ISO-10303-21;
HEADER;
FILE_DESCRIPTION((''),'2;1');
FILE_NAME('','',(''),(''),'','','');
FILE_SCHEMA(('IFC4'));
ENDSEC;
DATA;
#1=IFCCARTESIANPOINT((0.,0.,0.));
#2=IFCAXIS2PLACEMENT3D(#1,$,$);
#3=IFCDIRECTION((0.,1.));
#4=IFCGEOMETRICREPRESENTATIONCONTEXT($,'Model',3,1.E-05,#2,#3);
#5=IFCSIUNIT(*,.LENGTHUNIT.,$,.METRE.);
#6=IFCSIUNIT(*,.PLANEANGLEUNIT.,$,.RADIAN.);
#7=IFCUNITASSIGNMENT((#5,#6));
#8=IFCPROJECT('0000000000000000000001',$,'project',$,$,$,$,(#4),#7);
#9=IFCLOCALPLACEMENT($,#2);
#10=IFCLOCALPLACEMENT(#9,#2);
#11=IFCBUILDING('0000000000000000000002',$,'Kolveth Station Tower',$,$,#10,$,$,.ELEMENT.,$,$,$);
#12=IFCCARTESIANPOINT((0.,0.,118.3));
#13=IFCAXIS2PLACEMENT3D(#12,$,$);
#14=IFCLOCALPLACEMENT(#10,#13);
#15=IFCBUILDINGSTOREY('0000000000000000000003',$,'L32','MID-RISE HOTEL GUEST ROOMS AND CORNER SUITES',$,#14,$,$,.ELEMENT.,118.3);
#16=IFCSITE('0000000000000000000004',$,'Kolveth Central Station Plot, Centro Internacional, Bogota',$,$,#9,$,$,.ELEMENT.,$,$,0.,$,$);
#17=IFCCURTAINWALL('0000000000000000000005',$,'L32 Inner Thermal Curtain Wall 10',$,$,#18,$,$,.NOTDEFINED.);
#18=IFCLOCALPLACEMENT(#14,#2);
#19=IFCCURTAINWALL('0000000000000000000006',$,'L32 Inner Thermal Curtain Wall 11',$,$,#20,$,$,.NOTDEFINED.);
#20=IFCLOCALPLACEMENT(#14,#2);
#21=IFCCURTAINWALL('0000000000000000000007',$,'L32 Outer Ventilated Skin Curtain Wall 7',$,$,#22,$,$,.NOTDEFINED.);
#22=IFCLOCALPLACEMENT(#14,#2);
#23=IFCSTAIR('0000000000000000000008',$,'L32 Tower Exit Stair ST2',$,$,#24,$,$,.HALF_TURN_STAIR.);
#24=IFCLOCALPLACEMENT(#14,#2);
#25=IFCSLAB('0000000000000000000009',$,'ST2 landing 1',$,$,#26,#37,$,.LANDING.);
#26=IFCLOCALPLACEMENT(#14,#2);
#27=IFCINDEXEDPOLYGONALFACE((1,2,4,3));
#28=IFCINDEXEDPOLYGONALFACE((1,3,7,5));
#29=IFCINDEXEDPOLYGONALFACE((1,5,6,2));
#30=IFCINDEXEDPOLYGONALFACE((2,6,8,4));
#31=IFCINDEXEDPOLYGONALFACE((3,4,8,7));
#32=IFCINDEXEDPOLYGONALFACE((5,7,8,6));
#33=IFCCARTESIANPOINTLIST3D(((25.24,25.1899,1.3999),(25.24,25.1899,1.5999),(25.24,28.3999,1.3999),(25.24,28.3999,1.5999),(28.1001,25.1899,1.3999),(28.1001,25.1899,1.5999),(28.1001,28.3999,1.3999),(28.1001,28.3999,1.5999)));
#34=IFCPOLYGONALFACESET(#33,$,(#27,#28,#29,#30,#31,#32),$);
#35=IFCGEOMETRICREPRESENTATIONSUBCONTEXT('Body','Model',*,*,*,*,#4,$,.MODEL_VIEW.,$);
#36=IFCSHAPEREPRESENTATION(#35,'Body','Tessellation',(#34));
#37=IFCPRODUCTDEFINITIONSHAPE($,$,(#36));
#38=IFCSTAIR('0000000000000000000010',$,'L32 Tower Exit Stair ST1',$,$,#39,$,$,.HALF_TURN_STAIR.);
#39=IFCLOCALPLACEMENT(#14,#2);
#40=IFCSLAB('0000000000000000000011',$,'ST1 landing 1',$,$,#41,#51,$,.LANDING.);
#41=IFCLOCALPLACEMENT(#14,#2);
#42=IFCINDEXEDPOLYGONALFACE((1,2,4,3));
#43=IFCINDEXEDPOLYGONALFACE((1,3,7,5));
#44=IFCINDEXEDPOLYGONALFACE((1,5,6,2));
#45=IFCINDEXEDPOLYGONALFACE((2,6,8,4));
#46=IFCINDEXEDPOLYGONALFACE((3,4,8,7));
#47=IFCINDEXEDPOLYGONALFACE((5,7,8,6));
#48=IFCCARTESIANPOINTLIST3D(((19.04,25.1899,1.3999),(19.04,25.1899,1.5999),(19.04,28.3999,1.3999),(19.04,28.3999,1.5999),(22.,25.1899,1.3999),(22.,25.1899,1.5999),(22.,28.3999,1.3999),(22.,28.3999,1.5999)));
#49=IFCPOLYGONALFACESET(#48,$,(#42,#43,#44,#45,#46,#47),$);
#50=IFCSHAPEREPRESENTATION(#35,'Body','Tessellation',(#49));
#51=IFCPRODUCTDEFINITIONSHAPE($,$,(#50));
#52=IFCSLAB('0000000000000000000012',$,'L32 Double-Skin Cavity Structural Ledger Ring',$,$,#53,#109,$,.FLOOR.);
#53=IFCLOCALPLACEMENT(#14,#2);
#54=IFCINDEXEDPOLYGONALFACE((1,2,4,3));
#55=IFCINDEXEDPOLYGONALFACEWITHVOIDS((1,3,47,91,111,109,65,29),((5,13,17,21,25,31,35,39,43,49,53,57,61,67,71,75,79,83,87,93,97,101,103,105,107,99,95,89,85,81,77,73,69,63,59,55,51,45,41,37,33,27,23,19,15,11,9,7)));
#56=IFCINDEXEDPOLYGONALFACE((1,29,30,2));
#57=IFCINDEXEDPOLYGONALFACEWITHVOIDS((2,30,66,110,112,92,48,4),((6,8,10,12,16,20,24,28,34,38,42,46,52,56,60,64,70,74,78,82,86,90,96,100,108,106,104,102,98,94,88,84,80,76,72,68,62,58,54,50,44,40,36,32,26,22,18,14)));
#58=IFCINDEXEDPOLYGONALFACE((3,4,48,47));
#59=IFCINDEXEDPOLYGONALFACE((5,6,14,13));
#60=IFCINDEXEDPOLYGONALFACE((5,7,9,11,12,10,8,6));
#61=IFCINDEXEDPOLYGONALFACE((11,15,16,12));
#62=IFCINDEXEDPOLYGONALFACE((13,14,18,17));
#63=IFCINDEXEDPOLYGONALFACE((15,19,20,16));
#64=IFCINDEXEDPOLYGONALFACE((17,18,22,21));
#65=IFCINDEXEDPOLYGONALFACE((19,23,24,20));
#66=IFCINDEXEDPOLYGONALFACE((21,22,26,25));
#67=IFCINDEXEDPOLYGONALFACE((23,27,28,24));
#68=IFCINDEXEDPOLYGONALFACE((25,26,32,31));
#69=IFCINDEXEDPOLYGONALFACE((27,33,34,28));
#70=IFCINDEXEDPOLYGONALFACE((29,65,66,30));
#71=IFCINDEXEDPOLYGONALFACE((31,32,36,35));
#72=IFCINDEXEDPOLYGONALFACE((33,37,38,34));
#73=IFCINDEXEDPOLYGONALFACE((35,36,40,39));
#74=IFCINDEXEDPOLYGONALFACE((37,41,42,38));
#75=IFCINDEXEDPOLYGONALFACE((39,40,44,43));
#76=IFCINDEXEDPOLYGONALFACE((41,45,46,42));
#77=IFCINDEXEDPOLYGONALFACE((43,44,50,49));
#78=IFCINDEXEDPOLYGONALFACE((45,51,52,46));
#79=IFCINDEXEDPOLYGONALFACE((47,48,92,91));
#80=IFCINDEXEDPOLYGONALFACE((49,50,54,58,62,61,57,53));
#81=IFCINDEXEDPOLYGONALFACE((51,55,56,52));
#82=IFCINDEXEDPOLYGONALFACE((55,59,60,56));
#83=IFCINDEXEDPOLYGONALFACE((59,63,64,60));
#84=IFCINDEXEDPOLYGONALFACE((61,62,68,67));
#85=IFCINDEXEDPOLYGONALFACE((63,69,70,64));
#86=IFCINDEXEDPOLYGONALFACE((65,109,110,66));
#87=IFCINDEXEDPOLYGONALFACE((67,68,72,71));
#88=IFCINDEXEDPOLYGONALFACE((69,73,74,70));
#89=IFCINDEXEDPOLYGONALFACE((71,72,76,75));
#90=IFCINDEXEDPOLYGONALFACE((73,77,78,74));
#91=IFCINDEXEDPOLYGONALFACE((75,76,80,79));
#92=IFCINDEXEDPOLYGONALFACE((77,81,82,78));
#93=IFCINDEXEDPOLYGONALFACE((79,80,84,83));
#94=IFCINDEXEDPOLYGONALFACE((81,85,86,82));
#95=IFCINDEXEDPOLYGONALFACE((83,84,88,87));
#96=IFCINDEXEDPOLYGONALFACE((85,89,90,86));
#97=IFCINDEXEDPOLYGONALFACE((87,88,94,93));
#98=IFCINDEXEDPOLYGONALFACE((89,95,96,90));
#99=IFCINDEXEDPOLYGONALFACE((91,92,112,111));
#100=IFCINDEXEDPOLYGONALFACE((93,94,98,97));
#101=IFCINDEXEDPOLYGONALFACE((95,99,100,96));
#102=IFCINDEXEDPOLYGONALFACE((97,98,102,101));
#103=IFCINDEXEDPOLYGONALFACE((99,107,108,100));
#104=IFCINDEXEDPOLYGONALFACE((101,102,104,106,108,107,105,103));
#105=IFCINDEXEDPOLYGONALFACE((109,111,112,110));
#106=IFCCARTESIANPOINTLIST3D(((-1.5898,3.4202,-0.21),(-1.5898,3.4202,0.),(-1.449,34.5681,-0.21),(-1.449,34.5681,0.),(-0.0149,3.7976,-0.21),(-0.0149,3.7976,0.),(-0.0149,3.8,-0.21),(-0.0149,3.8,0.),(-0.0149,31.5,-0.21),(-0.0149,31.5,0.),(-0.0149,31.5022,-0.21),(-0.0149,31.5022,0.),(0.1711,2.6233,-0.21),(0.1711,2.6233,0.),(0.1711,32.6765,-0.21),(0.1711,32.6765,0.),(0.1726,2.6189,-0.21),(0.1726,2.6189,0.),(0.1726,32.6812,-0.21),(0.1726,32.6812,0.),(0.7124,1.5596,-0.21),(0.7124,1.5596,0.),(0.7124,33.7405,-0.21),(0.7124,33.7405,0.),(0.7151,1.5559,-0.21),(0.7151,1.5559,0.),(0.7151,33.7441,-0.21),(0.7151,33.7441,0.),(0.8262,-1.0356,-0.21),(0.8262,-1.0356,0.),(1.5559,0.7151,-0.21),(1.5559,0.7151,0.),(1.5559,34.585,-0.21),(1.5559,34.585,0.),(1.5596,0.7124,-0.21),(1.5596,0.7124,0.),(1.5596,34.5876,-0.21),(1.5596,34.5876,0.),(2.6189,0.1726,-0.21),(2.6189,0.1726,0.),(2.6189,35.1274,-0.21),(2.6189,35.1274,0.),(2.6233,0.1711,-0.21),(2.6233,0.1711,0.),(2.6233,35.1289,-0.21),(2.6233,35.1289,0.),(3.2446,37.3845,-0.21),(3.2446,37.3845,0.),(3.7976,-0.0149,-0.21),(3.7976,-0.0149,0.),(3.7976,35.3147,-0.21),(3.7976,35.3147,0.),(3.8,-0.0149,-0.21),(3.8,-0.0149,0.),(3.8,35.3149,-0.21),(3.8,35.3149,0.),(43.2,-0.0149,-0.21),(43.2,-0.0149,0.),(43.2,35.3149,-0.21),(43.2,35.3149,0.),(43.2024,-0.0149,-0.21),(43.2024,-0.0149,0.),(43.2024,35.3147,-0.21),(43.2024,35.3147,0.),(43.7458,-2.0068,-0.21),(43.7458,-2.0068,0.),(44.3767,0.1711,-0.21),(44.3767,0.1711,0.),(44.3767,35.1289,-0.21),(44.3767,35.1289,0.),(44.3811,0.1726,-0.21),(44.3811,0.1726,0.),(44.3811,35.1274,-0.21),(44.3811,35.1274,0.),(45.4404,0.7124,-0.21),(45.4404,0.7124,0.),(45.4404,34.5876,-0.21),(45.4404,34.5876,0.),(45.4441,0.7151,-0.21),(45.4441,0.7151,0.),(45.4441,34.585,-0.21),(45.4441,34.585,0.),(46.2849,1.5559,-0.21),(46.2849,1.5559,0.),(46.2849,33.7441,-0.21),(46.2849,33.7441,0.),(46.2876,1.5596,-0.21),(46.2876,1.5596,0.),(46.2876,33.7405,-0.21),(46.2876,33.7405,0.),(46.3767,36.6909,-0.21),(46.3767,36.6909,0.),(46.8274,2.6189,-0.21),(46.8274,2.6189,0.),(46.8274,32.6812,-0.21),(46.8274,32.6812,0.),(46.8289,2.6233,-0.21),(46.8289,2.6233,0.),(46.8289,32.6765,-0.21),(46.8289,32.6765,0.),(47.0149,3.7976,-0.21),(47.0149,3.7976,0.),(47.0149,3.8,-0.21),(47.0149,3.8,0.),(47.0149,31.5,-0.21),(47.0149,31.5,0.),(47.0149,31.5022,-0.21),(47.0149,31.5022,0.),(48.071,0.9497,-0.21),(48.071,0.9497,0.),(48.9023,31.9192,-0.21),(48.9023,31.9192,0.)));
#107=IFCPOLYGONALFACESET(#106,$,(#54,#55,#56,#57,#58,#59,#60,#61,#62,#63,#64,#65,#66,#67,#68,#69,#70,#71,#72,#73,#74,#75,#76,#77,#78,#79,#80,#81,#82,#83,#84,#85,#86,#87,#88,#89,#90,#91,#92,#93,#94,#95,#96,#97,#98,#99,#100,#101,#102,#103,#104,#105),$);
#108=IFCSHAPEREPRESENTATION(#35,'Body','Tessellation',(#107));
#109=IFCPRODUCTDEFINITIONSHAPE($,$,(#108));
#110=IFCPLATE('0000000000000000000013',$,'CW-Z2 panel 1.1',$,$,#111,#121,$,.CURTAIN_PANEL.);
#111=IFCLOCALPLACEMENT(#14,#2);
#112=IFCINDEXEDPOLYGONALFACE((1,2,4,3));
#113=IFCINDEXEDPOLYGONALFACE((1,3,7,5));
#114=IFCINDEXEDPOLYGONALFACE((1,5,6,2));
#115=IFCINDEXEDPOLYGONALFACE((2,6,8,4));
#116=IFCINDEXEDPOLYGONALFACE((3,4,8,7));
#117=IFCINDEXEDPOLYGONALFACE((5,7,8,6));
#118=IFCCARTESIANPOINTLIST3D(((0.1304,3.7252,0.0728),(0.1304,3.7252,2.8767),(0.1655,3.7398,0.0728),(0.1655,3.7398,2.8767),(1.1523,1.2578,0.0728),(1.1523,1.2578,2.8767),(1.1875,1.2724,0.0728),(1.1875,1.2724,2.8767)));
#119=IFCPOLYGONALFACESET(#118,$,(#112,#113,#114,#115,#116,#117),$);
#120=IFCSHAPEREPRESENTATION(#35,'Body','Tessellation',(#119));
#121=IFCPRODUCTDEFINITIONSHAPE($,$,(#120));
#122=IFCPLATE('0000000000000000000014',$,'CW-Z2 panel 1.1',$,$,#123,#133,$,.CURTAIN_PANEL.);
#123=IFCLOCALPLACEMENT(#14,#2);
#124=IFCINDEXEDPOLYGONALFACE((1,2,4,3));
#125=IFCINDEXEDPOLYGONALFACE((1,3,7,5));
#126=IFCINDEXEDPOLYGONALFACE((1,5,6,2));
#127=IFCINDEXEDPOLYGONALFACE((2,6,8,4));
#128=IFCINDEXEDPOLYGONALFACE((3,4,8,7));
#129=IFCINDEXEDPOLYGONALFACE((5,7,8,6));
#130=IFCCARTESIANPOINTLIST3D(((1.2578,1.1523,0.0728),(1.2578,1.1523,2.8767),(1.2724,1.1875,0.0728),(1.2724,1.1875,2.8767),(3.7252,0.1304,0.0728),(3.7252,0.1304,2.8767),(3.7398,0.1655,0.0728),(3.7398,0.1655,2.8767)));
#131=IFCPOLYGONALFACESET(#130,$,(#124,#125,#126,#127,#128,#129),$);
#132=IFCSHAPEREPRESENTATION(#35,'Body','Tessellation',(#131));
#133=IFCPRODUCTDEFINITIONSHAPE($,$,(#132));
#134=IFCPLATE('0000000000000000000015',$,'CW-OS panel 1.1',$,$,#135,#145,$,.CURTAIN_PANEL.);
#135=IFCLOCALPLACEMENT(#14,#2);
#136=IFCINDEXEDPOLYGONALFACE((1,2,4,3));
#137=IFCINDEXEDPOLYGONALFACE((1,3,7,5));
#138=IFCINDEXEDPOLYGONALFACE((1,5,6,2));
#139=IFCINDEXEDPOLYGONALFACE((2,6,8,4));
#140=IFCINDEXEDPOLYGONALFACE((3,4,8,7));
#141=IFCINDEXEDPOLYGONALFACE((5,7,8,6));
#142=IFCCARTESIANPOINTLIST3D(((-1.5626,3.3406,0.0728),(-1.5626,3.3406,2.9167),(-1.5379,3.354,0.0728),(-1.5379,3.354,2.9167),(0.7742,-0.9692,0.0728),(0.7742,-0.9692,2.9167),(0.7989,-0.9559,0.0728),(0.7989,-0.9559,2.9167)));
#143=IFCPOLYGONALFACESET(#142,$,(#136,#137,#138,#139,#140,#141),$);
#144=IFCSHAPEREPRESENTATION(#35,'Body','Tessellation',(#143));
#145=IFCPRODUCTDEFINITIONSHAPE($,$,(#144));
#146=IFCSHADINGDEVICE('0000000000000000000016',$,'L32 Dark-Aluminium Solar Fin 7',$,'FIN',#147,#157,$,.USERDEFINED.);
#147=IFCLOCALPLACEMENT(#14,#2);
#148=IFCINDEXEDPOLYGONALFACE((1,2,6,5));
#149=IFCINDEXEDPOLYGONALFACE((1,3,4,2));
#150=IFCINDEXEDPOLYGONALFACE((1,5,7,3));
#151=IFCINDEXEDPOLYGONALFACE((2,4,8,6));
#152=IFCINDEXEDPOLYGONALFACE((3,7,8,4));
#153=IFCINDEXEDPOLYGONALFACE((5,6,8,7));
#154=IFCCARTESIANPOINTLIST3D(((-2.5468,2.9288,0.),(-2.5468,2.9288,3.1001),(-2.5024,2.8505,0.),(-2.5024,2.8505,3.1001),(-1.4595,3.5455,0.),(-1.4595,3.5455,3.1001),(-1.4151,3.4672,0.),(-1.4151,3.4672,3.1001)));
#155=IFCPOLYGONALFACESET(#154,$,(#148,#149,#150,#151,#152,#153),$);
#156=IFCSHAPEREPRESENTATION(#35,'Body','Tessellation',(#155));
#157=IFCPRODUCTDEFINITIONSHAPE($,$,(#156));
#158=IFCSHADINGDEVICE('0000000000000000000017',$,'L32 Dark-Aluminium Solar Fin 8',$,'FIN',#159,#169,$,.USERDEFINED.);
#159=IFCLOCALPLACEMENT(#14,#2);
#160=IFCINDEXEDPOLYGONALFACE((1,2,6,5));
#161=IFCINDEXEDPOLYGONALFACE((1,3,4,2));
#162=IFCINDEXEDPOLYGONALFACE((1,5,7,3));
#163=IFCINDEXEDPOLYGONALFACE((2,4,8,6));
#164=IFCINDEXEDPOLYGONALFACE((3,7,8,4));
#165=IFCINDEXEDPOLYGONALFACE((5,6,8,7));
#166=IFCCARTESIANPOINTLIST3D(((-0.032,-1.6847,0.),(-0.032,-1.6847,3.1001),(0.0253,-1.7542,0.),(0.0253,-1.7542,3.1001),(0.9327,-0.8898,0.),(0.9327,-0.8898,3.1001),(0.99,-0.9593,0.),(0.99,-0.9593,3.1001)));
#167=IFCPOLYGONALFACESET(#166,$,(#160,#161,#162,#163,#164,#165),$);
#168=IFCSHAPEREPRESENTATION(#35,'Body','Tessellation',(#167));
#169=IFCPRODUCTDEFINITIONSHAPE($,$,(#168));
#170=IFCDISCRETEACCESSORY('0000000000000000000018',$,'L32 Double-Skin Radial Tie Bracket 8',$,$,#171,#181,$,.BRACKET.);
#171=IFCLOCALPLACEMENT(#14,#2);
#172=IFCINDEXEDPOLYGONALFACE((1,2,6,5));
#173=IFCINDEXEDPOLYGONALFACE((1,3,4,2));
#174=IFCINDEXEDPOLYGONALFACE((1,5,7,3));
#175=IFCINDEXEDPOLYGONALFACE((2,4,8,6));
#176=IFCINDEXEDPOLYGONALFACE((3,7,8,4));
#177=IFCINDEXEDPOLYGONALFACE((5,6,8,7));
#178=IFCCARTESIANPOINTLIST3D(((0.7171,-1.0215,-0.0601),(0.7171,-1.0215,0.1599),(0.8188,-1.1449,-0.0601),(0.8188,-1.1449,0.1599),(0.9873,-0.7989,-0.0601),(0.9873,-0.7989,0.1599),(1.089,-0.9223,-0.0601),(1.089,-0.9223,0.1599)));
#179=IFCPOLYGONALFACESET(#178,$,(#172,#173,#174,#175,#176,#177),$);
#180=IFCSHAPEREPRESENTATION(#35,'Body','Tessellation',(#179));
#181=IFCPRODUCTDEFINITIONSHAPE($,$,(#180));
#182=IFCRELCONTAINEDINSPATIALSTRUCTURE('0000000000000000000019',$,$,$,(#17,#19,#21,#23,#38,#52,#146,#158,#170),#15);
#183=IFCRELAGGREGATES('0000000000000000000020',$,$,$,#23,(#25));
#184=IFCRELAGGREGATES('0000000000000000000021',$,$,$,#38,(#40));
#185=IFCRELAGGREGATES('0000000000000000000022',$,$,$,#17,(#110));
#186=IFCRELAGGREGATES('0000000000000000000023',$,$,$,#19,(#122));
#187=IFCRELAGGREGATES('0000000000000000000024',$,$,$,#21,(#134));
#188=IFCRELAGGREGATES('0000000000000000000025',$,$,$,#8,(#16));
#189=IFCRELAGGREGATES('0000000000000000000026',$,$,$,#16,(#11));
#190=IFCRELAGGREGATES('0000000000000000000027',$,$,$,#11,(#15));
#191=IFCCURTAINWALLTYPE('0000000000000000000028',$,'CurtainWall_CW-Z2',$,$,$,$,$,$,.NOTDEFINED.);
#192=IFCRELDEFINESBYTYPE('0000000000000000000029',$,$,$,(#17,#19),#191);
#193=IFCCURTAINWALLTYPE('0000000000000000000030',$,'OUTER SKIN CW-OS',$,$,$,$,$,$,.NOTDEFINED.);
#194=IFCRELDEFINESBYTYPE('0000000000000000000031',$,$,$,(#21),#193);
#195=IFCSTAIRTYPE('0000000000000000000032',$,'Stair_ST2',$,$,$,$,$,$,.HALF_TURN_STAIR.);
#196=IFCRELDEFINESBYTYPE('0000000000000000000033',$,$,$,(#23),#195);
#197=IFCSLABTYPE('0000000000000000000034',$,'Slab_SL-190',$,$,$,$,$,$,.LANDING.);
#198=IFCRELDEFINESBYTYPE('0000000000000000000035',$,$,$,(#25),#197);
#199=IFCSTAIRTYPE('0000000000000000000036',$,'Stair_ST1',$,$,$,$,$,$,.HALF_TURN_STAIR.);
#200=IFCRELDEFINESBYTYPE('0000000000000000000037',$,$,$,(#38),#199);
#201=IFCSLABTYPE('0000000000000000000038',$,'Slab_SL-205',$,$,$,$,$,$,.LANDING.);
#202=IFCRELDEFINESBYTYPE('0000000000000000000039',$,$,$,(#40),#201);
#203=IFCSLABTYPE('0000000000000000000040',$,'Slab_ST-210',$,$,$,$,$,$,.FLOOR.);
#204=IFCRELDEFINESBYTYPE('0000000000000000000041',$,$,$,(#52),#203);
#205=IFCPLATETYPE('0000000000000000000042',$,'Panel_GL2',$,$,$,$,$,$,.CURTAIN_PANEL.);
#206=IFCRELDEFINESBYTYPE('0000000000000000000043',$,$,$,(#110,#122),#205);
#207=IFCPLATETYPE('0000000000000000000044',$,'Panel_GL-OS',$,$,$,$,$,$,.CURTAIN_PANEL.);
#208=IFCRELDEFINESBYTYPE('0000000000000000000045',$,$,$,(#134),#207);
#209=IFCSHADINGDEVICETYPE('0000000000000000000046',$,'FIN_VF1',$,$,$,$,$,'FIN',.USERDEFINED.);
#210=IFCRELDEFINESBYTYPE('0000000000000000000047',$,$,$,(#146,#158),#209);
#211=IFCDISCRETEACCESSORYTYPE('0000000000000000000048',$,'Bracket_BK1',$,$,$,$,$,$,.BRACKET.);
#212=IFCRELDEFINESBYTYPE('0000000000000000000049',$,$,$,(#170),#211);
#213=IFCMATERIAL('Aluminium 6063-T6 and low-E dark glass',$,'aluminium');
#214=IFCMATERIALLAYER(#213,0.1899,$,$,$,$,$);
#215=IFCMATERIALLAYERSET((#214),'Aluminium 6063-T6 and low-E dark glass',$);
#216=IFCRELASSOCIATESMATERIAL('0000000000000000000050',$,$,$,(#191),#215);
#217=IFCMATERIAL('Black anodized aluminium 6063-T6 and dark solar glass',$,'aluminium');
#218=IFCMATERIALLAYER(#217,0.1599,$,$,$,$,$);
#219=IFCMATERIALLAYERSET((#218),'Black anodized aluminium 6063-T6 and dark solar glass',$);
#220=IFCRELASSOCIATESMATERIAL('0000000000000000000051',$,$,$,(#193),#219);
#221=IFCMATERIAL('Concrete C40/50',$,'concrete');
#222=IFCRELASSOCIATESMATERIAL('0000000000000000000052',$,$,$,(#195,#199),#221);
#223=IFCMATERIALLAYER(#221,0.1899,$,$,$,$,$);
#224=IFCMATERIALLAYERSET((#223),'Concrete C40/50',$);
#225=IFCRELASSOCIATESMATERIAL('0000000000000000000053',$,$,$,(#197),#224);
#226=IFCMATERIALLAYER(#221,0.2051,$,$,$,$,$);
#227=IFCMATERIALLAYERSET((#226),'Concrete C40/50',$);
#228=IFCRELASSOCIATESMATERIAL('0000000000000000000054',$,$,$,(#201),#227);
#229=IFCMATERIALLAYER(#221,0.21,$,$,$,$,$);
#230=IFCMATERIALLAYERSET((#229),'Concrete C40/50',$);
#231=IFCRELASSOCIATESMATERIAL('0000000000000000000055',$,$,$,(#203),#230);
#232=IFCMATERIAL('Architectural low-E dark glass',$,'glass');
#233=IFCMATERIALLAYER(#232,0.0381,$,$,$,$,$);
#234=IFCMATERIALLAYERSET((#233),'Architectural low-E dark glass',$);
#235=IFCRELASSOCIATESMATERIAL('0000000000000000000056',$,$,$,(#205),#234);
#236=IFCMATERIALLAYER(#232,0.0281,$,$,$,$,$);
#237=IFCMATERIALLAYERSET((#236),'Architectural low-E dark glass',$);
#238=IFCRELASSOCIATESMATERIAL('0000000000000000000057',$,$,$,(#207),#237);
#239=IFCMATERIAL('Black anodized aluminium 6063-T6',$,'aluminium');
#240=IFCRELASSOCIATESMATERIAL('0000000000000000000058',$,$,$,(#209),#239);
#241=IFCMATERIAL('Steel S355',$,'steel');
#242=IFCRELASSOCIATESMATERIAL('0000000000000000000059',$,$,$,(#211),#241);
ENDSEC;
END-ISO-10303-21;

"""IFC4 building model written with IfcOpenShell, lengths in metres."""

from ifc_helpers import new_model, si_unit, direction, frame, origin, origin_2d, place, context, subcontext, project, spatial, polyline, rectangle, outline, extrude, source, transform, mapped, material, layer, layer_set, type_object, element, aggregate, save


model = new_model("IFC4")

# Units and contexts
model_context = context("Model", 3, precision=1e-05, world=origin(), true_north=direction((0.0, 1.0)))
body_context = subcontext(model_context, "Body", "Model", "MODEL_VIEW")
ifc_project = project(units=[si_unit("LENGTHUNIT", "METRE"), si_unit("PLANEANGLEUNIT", "RADIAN")], contexts=[model_context])

# Site, building, storey
site_placement = place(None, origin())
site = spatial("IfcSite", under=ifc_project, at=site_placement, Name="Kolveth Central Station Plot, Centro Internacional, Bogota", CompositionType="ELEMENT", RefElevation=0.0)
building_placement = place(site_placement, origin())
building = spatial("IfcBuilding", under=site, at=building_placement, Name="Kolveth Station Tower", CompositionType="ELEMENT")
storey_placement = place(building_placement, frame((0.0, 0.0, 118.3)))
storey = spatial("IfcBuildingStorey", under=building, at=storey_placement, Name="L32", Description="MID-RISE HOTEL GUEST ROOMS AND CORNER SUITES", CompositionType="ELEMENT", Elevation=118.3)

# Shared definitions
ifc_material_1 = material(Name="Steel S355", Category="steel")

# Curtain wall
ifc_material_2 = material(Name="Aluminium 6063-T6 and low-E dark glass", Category="aluminium")
ifc_layer_1 = layer(ifc_material_2, 0.1899)
ifc_layer_set_1 = layer_set([ifc_layer_1], Name="Aluminium 6063-T6 and low-E dark glass")
curtain_wall_type_1 = type_object("IfcCurtainWallType", Name="CurtainWall_CW-Z2", PredefinedType="NOTDEFINED", material=ifc_layer_set_1)
curtain_wall_1_placement = place(storey_placement, origin())
curtain_wall_1 = element("IfcCurtainWall", 1, at=curtain_wall_1_placement, inside=storey, type_object=curtain_wall_type_1, Name="L32 Inner Thermal Curtain Wall 10", PredefinedType="NOTDEFINED")
ifc_material_3 = material(Name="Black anodized aluminium 6063-T6", Category="aluminium")

# Curtain wall
curtain_wall_2_placement = place(storey_placement, origin())
curtain_wall_2 = element("IfcCurtainWall", 2, at=curtain_wall_2_placement, inside=storey, type_object=curtain_wall_type_1, Name="L32 Inner Thermal Curtain Wall 11", PredefinedType="NOTDEFINED")

# Curtain wall
ifc_material_4 = material(Name="Black anodized aluminium 6063-T6 and dark solar glass", Category="aluminium")
ifc_layer_2 = layer(ifc_material_4, 0.1599)
ifc_layer_set_2 = layer_set([ifc_layer_2], Name="Black anodized aluminium 6063-T6 and dark solar glass")
curtain_wall_type_2 = type_object("IfcCurtainWallType", Name="OUTER SKIN CW-OS", PredefinedType="NOTDEFINED", material=ifc_layer_set_2)
curtain_wall_3_placement = place(storey_placement, origin())
curtain_wall_3 = element("IfcCurtainWall", 3, at=curtain_wall_3_placement, inside=storey, type_object=curtain_wall_type_2, Name="L32 Outer Ventilated Skin Curtain Wall 7", PredefinedType="NOTDEFINED")

# Shared definitions
ifc_material_5 = material(Name="Concrete C40/50", Category="concrete")

# Stairs, slabs
stair_type_1 = type_object("IfcStairType", Name="Stair_ST2", PredefinedType="HALF_TURN_STAIR", material=ifc_material_5)
stair_1_placement = place(storey_placement, origin())
stair_1 = element("IfcStair", 4, at=stair_1_placement, inside=storey, type_object=stair_type_1, Name="L32 Tower Exit Stair ST2", PredefinedType="HALF_TURN_STAIR")
ifc_layer_3 = layer(ifc_material_5, 0.1899)
ifc_layer_set_3 = layer_set([ifc_layer_3], Name="Concrete C40/50")
slab_type_1 = type_object("IfcSlabType", Name="Slab_SL-190", PredefinedType="LANDING", material=ifc_layer_set_3)
slab_1_placement = place(storey_placement, frame((0.0, 0.0, 1.3999)))
slab_1 = element("IfcSlab", 5, at=slab_1_placement, type_object=slab_type_1, Name="ST2 landing 1", PredefinedType="LANDING", context=body_context, shape_type="SweptSolid", body=[
    extrude(outline(polyline([(28.1001, 25.1899), (28.1001, 28.3999), (25.24, 28.3999), (25.24, 25.1899), (28.1001, 25.1899)])), origin(), (0.0, 0.0, 1.0), 0.2),
])
aggregate(stair_1, [slab_1])
stair_type_2 = type_object("IfcStairType", Name="Stair_ST1", PredefinedType="HALF_TURN_STAIR", material=ifc_material_5)
stair_2_placement = place(storey_placement, origin())
stair_2 = element("IfcStair", 6, at=stair_2_placement, inside=storey, type_object=stair_type_2, Name="L32 Tower Exit Stair ST1", PredefinedType="HALF_TURN_STAIR")
ifc_layer_4 = layer(ifc_material_5, 0.2051)
ifc_layer_set_4 = layer_set([ifc_layer_4], Name="Concrete C40/50")
slab_type_2 = type_object("IfcSlabType", Name="Slab_SL-205", PredefinedType="LANDING", material=ifc_layer_set_4)
slab_2_placement = place(storey_placement, frame((0.0, 0.0, 1.3999)))
slab_2 = element("IfcSlab", 7, at=slab_2_placement, type_object=slab_type_2, Name="ST1 landing 1", PredefinedType="LANDING", context=body_context, shape_type="SweptSolid", body=[
    extrude(outline(polyline([(22.0, 25.1899), (22.0, 28.3999), (19.04, 28.3999), (19.04, 25.1899), (22.0, 25.1899)])), origin(), (0.0, 0.0, 1.0), 0.2),
])
aggregate(stair_2, [slab_2])

# Slab
ifc_layer_5 = layer(ifc_material_5, 0.21)
ifc_layer_set_5 = layer_set([ifc_layer_5], Name="Concrete C40/50")
slab_type_3 = type_object("IfcSlabType", Name="Slab_ST-210", PredefinedType="FLOOR", material=ifc_layer_set_5)
slab_3_placement = place(storey_placement, frame((0.0, 0.0, -0.21)))
element("IfcSlab", 8, at=slab_3_placement, inside=storey, type_object=slab_type_3, Name="L32 Double-Skin Cavity Structural Ledger Ring", PredefinedType="FLOOR", context=body_context, shape_type="SweptSolid", body=[
    extrude(outline(polyline([(0.8262, -1.0356), (-1.5898, 3.4202), (-1.449, 34.5681), (3.2446, 37.3845), (46.3767, 36.6909), (48.9023, 31.9192), (48.071, 0.9497), (43.7458, -2.0068), (0.8262, -1.0356)]), holes=[polyline([(43.2024, -0.0149), (44.3767, 0.1711), (44.3811, 0.1726), (45.4404, 0.7124), (45.4441, 0.7151), (46.2849, 1.5559), (46.2876, 1.5596), (46.8274, 2.6189), (46.8289, 2.6233), (47.0149, 3.7976), (47.0149, 3.8), (47.0149, 31.5), (47.0149, 31.5022), (46.8289, 32.6765), (46.8274, 32.6812), (46.2876, 33.7405), (46.2849, 33.7441), (45.4441, 34.585), (45.4404, 34.5876), (44.3811, 35.1274), (44.3767, 35.1289), (43.2024, 35.3147), (43.2, 35.3149), (3.8, 35.3149), (3.7976, 35.3147), (2.6233, 35.1289), (2.6189, 35.1274), (1.5596, 34.5876), (1.5559, 34.585), (0.7151, 33.7441), (0.7124, 33.7405), (0.1726, 32.6812), (0.1711, 32.6765), (-0.0149, 31.5022), (-0.0149, 31.5), (-0.0149, 3.8), (-0.0149, 3.7976), (0.1711, 2.6233), (0.1726, 2.6189), (0.7124, 1.5596), (0.7151, 1.5559), (1.5559, 0.7151), (1.5596, 0.7124), (2.6189, 0.1726), (2.6233, 0.1711), (3.7976, -0.0149), (3.8, -0.0149), (43.2, -0.0149), (43.2024, -0.0149)])]), origin(), (0.0, 0.0, 1.0), 0.21),
])

# Plates
ifc_material_6 = material(Name="Architectural low-E dark glass", Category="glass")
ifc_layer_6 = layer(ifc_material_6, 0.0381)
ifc_layer_set_6 = layer_set([ifc_layer_6], Name="Architectural low-E dark glass")
plate_type_1 = type_object("IfcPlateType", Name="Panel_GL2", PredefinedType="CURTAIN_PANEL", material=ifc_layer_set_6)
shared_shape_1 = source(origin(), body_context, "Body", "SweptSolid", [
    extrude(rectangle(XDim=2.6707, YDim=0.0381, at=origin_2d()), origin(), (0.0, 0.0, 1.0), 2.804),
])
plate_1_placement = place(storey_placement, frame((0.6589, 2.4988, 0.0728), z_axis=(0.0, 0.0, 1.0), x_axis=(0.382663, -0.923888, 0.0)))
plate_1 = element("IfcPlate", 9, at=plate_1_placement, type_object=plate_type_1, Name="CW-Z2 panel 1.1", PredefinedType="CURTAIN_PANEL", context=body_context, shape_type="MappedRepresentation", body=[
    mapped(shared_shape_1, transform((0.0, 0.0, 0.0), x_axis=(1.0, 0.0, 0.0), y_axis=(0.0, 1.0, 0.0), z_axis=(0.0, 0.0, 1.0), scale=1.0)),
])
aggregate(curtain_wall_1, [plate_1])
plate_2_placement = place(storey_placement, frame((2.4988, 0.6589, 0.0728), z_axis=(0.0, 0.0, 1.0), x_axis=(0.923888, -0.382663, 0.0)))
plate_2 = element("IfcPlate", 10, at=plate_2_placement, type_object=plate_type_1, Name="CW-Z2 panel 1.1", PredefinedType="CURTAIN_PANEL", context=body_context, shape_type="MappedRepresentation", body=[
    mapped(shared_shape_1, transform((0.0, 0.0, 0.0), x_axis=(1.0, 0.0, 0.0), y_axis=(0.0, 1.0, 0.0), z_axis=(0.0, 0.0, 1.0), scale=1.0)),
])
aggregate(curtain_wall_2, [plate_2])
ifc_layer_7 = layer(ifc_material_6, 0.0281)
ifc_layer_set_7 = layer_set([ifc_layer_7], Name="Architectural low-E dark glass")
plate_type_2 = type_object("IfcPlateType", Name="Panel_GL-OS", PredefinedType="CURTAIN_PANEL", material=ifc_layer_set_7)
shared_shape_2 = source(origin(), body_context, "Body", "SweptSolid", [
    extrude(rectangle(XDim=4.9026, YDim=0.0281, at=origin_2d()), origin(), (0.0, 0.0, 1.0), 2.844),
])
plate_3_placement = place(storey_placement, frame((-0.3818, 1.1924, 0.0728), z_axis=(0.0, 0.0, 1.0), x_axis=(0.47664, -0.879098, 0.0)))
plate_3 = element("IfcPlate", 11, at=plate_3_placement, type_object=plate_type_2, Name="CW-OS panel 1.1", PredefinedType="CURTAIN_PANEL", context=body_context, shape_type="MappedRepresentation", body=[
    mapped(shared_shape_2, transform((0.0, 0.0, 0.0), x_axis=(1.0, 0.0, 0.0), y_axis=(0.0, 1.0, 0.0), z_axis=(0.0, 0.0, 1.0), scale=1.0)),
])
aggregate(curtain_wall_3, [plate_3])

# Shading devices
shading_device_type = type_object("IfcShadingDeviceType", Name="FIN_VF1", ElementType="FIN", PredefinedType="USERDEFINED", material=ifc_material_3)
shared_shape_3 = source(origin(), body_context, "Body", "SweptSolid", [
    extrude(rectangle(XDim=1.25, YDim=0.0901, at=origin_2d()), origin(), (0.0, 0.0, 1.0), 3.1001),
])
for number, where, z_axis, x_axis, name in (
    (12, (-1.981, 3.198, 0.0), (0.0, 0.0, 1.0), (-0.86984, -0.493335, 0.0), "L32 Dark-Aluminium Solar Fin 7"),
    (13, (0.479, -1.322, 0.0), (0.0, 0.0, 1.0), (-0.771736, -0.635944, 0.0), "L32 Dark-Aluminium Solar Fin 8"),
):
    element("IfcShadingDevice", number, at=place(storey_placement, frame(where, z_axis=z_axis, x_axis=x_axis)), inside=storey, type_object=shading_device_type, Name=name, ObjectType="FIN", PredefinedType="USERDEFINED", context=body_context, shape_type="MappedRepresentation", body=[
        mapped(shared_shape_3, transform((0.0, 0.0, 0.0), x_axis=(1.0, 0.0, 0.0), y_axis=(0.0, 1.0, 0.0), z_axis=(0.0, 0.0, 1.0), scale=1.0)),
    ])

# Discrete accessory
discrete_accessory_type = type_object("IfcDiscreteAccessoryType", Name="Bracket_BK1", PredefinedType="BRACKET", material=ifc_material_1)
shared_shape_4 = source(origin(), body_context, "Body", "SweptSolid", [
    extrude(rectangle(XDim=0.3501, YDim=0.1599, at=origin_2d()), origin(), (0.0, 0.0, 1.0), 0.22),
])
discrete_accessory_placement = place(storey_placement, frame((0.9031, -0.9719, -0.0601), z_axis=(0.0, 0.0, 1.0), x_axis=(-0.771736, -0.635944, 0.0)))
element("IfcDiscreteAccessory", 14, at=discrete_accessory_placement, inside=storey, type_object=discrete_accessory_type, Name="L32 Double-Skin Radial Tie Bracket 8", PredefinedType="BRACKET", context=body_context, shape_type="MappedRepresentation", body=[
    mapped(shared_shape_4, transform((0.0, 0.0, 0.0), x_axis=(1.0, 0.0, 0.0), y_axis=(0.0, 1.0, 0.0), z_axis=(0.0, 0.0, 1.0), scale=1.0)),
])

save(model, "model.ifc")
